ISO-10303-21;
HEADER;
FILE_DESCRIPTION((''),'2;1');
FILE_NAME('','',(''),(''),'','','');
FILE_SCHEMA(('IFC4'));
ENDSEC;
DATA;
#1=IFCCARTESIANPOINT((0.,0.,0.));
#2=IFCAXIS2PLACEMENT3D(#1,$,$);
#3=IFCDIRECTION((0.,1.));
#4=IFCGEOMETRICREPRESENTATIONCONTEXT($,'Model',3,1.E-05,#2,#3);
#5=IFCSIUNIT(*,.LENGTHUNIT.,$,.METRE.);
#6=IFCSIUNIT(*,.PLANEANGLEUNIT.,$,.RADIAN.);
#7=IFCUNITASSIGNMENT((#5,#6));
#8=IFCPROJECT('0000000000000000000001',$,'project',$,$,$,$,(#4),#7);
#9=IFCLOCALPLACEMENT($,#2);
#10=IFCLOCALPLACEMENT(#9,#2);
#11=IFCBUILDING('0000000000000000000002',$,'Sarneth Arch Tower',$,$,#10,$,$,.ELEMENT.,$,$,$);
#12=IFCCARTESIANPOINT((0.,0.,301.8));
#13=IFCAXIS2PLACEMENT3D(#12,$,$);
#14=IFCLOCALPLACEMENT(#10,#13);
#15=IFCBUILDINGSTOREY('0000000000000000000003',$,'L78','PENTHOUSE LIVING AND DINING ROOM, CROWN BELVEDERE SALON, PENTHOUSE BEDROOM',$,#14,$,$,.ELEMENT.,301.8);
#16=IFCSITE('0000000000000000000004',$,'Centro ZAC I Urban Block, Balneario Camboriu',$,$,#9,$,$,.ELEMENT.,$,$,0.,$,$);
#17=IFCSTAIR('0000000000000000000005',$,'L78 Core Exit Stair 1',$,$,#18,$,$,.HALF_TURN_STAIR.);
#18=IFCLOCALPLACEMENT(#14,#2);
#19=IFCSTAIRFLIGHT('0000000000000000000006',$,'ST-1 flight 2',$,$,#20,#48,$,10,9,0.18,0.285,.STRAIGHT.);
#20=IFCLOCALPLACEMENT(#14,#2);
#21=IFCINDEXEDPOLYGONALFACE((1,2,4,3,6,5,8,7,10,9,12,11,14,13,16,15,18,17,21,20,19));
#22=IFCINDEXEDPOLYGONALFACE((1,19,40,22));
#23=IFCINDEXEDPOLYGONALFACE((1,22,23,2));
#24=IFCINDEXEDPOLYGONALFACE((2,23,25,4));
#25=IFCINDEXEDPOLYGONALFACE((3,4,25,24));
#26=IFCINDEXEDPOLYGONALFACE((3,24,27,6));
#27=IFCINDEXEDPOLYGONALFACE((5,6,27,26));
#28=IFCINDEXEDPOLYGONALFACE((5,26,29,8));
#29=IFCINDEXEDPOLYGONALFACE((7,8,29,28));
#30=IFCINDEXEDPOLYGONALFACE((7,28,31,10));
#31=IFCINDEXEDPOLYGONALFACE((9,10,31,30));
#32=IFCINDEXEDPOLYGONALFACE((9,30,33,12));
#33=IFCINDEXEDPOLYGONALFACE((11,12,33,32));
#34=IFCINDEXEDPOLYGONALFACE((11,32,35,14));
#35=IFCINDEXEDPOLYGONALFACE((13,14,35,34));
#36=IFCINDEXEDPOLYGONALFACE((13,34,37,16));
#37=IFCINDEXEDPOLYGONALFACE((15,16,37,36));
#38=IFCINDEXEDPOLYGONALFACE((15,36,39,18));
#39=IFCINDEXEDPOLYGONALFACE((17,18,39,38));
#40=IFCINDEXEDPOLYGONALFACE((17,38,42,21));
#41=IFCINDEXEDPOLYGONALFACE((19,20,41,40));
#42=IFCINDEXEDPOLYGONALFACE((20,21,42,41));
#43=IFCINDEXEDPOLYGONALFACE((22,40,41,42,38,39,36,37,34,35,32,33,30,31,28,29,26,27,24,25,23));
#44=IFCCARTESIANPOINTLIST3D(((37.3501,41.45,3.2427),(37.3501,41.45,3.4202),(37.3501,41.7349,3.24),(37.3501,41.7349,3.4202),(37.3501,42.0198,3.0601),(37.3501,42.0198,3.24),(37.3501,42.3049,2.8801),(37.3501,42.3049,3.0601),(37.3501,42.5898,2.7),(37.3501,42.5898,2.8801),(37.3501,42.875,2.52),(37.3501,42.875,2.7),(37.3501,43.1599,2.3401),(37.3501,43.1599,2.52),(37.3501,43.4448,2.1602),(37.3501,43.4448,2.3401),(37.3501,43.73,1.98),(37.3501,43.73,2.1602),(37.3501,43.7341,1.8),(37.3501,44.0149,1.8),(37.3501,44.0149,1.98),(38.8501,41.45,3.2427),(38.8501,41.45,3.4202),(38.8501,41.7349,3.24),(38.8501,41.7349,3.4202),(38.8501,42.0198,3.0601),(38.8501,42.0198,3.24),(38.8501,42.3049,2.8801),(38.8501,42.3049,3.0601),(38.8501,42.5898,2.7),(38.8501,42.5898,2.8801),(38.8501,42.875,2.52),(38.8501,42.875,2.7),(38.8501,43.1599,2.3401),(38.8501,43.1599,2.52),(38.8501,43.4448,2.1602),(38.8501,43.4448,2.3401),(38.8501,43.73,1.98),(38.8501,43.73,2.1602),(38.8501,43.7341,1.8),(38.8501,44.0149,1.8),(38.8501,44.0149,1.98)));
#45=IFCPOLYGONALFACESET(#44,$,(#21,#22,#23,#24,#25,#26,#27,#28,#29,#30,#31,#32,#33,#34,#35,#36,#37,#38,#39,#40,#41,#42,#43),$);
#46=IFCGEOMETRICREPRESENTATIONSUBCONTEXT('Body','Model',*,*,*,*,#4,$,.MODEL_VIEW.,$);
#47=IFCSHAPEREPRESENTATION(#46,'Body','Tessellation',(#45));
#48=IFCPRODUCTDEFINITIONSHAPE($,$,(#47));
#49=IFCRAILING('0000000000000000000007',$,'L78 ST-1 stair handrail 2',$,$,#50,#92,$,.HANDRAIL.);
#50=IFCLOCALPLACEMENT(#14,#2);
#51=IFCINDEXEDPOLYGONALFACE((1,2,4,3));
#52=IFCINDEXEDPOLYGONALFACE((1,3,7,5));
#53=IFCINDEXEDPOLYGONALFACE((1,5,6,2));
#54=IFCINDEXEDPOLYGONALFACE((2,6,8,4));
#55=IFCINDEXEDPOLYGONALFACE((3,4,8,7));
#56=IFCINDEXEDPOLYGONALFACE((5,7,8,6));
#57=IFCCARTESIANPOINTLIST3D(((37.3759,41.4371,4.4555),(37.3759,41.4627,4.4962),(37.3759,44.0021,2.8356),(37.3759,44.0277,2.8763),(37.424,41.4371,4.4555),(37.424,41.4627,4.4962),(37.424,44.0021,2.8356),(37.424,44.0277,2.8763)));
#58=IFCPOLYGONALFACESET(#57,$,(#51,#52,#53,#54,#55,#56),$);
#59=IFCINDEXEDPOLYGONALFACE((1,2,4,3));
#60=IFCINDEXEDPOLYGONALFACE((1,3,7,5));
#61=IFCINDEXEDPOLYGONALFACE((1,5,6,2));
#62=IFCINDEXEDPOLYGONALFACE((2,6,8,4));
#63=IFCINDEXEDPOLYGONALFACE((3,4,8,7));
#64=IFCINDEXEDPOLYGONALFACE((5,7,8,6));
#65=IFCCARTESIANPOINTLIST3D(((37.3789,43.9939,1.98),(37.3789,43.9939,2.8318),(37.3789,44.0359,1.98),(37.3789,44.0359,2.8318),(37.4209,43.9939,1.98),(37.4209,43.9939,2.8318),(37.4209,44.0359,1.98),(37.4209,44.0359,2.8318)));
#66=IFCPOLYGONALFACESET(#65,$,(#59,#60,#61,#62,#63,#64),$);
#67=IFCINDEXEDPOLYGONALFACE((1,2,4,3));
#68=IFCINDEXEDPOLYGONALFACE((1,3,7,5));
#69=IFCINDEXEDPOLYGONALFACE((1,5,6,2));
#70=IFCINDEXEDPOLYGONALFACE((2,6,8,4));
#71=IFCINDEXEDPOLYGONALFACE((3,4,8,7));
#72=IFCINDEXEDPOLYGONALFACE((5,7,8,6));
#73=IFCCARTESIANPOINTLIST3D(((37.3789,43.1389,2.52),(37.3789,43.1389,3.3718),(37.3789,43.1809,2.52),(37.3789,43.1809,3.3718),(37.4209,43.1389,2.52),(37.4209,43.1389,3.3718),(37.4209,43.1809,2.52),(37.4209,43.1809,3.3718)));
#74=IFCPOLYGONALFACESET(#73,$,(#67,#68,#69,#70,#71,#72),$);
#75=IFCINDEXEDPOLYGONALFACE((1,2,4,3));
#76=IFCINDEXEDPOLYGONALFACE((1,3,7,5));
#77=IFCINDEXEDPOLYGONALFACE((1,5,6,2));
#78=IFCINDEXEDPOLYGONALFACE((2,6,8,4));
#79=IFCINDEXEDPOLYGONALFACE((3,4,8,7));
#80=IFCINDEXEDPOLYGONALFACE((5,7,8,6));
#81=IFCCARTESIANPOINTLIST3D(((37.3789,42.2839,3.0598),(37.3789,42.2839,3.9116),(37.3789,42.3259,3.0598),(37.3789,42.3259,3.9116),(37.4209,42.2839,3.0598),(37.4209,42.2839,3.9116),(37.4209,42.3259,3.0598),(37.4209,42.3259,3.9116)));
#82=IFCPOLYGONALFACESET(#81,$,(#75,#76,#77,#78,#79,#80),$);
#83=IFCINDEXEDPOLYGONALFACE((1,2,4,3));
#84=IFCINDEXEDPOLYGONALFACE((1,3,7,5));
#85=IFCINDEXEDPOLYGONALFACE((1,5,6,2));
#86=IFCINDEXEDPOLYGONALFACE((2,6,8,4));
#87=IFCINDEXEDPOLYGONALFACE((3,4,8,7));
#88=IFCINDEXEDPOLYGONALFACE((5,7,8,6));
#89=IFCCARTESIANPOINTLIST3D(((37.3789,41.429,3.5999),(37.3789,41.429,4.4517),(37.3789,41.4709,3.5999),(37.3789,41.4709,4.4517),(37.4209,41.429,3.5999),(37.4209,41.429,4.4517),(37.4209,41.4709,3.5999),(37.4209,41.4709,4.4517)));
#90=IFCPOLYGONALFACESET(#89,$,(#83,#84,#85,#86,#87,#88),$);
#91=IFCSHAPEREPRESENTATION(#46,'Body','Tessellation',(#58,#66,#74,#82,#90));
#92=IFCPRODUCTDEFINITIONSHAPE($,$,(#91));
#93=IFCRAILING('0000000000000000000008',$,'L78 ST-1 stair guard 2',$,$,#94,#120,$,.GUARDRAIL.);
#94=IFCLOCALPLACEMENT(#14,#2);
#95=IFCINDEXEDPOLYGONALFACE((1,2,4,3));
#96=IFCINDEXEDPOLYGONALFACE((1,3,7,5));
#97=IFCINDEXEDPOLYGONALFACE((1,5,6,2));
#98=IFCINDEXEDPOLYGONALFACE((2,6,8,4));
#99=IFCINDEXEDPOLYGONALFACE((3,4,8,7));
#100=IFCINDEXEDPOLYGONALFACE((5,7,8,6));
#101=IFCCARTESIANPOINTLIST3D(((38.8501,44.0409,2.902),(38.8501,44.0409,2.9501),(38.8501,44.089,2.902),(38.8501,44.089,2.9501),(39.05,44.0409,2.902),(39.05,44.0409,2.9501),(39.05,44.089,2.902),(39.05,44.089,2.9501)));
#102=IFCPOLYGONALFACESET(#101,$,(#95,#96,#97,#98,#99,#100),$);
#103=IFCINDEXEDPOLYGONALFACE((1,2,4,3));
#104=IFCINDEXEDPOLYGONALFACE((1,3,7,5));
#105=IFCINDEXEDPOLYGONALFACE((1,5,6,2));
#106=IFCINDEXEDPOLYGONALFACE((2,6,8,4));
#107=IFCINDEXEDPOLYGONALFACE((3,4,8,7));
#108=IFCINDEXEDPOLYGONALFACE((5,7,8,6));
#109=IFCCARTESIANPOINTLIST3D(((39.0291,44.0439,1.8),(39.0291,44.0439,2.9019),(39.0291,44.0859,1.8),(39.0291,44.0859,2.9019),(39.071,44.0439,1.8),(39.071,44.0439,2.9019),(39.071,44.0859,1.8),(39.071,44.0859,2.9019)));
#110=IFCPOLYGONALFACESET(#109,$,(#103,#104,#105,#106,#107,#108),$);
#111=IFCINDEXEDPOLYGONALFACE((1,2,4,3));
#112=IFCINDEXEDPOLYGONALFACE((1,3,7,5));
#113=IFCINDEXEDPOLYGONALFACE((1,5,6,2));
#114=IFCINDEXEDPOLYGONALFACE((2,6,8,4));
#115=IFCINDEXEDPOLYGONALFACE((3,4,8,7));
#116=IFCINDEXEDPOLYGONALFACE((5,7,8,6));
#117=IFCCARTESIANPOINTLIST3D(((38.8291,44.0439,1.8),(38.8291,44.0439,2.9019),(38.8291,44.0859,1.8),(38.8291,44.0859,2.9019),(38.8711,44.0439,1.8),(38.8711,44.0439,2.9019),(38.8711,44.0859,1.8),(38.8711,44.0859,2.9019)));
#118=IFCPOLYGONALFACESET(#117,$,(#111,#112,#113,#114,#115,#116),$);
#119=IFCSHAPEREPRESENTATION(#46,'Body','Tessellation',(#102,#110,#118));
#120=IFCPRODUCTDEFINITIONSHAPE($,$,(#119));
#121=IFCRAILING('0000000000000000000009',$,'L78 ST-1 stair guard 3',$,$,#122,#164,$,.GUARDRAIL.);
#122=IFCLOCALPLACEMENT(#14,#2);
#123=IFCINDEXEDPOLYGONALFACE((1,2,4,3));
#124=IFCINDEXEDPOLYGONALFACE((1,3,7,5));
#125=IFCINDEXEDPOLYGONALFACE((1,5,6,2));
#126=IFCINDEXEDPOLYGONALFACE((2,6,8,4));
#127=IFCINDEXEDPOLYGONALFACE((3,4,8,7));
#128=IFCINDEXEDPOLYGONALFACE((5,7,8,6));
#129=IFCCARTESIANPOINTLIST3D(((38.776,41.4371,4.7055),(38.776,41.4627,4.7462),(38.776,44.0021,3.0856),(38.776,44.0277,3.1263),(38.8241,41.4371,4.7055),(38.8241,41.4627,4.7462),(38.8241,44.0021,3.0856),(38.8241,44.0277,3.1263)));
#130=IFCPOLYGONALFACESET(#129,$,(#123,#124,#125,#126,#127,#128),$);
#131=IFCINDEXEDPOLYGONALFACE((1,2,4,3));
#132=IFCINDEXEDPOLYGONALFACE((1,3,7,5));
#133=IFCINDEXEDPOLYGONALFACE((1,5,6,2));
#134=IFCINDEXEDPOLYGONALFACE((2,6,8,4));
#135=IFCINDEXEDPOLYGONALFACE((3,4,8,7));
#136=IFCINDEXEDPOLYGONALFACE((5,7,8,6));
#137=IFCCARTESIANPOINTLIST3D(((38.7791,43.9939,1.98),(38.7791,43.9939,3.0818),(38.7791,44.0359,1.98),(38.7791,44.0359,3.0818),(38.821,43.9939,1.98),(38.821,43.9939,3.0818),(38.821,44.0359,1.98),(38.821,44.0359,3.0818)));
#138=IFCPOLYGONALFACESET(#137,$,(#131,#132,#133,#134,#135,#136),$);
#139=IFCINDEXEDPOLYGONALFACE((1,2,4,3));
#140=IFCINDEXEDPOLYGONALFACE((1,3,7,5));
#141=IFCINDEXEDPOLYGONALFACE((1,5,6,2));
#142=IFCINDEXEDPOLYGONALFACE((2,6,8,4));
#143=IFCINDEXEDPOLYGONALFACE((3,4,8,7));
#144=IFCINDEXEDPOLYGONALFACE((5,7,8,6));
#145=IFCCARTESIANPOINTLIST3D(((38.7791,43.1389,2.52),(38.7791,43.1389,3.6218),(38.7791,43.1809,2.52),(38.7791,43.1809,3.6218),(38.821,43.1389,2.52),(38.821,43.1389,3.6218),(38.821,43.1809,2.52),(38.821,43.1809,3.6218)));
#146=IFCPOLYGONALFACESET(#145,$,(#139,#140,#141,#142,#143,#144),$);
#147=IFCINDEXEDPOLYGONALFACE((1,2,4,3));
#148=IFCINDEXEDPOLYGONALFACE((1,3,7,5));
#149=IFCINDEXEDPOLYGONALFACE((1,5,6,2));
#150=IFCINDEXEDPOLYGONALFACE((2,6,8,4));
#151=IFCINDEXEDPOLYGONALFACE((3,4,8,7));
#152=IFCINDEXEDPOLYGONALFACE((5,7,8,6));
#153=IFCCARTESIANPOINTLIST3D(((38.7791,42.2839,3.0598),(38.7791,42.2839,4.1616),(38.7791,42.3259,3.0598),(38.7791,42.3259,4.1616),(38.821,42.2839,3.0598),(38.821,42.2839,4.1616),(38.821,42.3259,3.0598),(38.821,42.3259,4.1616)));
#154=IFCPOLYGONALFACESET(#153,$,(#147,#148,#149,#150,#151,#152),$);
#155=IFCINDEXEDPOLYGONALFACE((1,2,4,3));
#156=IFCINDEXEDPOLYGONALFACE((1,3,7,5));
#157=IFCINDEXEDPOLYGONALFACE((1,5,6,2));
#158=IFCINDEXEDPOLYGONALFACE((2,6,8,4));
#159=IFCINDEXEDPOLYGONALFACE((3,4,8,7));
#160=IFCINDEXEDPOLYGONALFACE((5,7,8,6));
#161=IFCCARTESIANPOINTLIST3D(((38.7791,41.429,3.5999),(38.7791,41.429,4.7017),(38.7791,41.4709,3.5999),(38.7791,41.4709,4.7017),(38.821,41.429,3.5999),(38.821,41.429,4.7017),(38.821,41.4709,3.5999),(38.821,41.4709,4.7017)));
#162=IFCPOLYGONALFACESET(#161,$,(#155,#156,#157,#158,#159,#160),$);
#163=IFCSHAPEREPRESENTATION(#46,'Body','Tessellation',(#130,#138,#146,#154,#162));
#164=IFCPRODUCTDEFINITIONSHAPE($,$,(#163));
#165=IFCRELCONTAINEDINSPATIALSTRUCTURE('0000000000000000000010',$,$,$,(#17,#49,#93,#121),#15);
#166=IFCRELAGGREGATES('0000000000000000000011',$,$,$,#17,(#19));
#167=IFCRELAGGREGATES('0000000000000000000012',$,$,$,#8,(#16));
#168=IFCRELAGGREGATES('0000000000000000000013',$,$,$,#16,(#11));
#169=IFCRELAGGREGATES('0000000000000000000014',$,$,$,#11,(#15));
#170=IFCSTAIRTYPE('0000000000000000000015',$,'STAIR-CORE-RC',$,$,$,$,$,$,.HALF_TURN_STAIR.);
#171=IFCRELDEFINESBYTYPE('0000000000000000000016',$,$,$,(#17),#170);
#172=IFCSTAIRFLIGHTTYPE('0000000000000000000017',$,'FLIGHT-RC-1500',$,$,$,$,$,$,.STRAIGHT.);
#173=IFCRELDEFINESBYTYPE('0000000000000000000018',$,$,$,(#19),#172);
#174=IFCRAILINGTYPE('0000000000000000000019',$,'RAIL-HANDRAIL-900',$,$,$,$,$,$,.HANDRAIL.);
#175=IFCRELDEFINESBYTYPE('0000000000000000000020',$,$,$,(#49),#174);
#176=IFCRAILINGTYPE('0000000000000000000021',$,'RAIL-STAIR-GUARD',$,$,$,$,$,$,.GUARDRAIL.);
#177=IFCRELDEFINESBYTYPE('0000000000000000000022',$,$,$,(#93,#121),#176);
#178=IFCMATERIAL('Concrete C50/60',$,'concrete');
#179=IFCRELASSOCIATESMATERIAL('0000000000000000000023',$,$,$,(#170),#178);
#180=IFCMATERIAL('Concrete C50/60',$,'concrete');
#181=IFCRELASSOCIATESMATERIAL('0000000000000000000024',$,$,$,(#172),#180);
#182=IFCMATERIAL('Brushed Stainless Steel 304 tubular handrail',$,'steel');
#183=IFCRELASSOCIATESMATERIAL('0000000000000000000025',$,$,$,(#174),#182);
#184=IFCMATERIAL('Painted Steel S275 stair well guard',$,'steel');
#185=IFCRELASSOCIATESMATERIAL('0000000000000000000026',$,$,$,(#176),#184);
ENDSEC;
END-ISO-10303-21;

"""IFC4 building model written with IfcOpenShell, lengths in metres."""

from ifc_helpers import new_model, si_unit, direction, frame, origin, origin_2d, place, context, subcontext, project, spatial, polyline, rectangle, outline, extrude, material, type_object, element, aggregate, save


model = new_model("IFC4")

# Units and contexts
model_context = context("Model", 3, precision=1e-05, world=origin(), true_north=direction((0.0, 1.0)))
body_context = subcontext(model_context, "Body", "Model", "MODEL_VIEW")
ifc_project = project(units=[si_unit("LENGTHUNIT", "METRE"), si_unit("PLANEANGLEUNIT", "RADIAN")], contexts=[model_context])

# Site, building, storey
site_placement = place(None, origin())
site = spatial("IfcSite", under=ifc_project, at=site_placement, Name="Centro ZAC I Urban Block, Balneario Camboriu", CompositionType="ELEMENT", RefElevation=0.0)
building_placement = place(site_placement, origin())
building = spatial("IfcBuilding", under=site, at=building_placement, Name="Sarneth Arch Tower", CompositionType="ELEMENT")
storey_placement = place(building_placement, frame((0.0, 0.0, 301.8)))
storey = spatial("IfcBuildingStorey", under=building, at=storey_placement, Name="L78", Description="PENTHOUSE LIVING AND DINING ROOM, CROWN BELVEDERE SALON, PENTHOUSE BEDROOM", CompositionType="ELEMENT", Elevation=301.8)

# Stair, stair flight
ifc_material_1 = material(Name="Concrete C50/60", Category="concrete")
stair_type = type_object("IfcStairType", Name="STAIR-CORE-RC", PredefinedType="HALF_TURN_STAIR", material=ifc_material_1)
stair_placement = place(storey_placement, origin())
stair = element("IfcStair", 1, at=stair_placement, inside=storey, type_object=stair_type, Name="L78 Core Exit Stair 1", PredefinedType="HALF_TURN_STAIR")
ifc_material_2 = material(Name="Concrete C50/60", Category="concrete")
stair_flight_type = type_object("IfcStairFlightType", Name="FLIGHT-RC-1500", PredefinedType="STRAIGHT", material=ifc_material_2)
stair_flight_placement = place(storey_placement, frame((38.1001, 44.0149, 1.8), z_axis=(0.0, 0.0, 1.0), x_axis=(0.0, -1.0, 0.0)))
stair_flight = element("IfcStairFlight", 2, at=stair_flight_placement, type_object=stair_flight_type, Name="ST-1 flight 2", NumberOfRisers=10, NumberOfTreads=9, PredefinedType="STRAIGHT", RiserHeight=0.18, TreadLength=0.285, context=body_context, shape_type="SweptSolid", body=[
    extrude(outline(polyline([(0.0, 0.0), (0.0, 0.1799), (0.2849, 0.1799), (0.2849, 0.3601), (0.5701, 0.3601), (0.5701, 0.54), (0.855, 0.54), (0.855, 0.72), (1.1399, 0.72), (1.1399, 0.8999), (1.425, 0.8999), (1.425, 1.0801), (1.71, 1.0801), (1.71, 1.26), (1.9951, 1.26), (1.9951, 1.4399), (2.28, 1.4399), (2.28, 1.6201), (2.5649, 1.6201), (2.5649, 1.8), (2.5649, 1.4426), (0.2808, 0.0), (0.0, 0.0)])), frame((0.0, 0.75, 0.0), z_axis=(0.0, -1.0, 0.0), x_axis=(1.0, 0.0, 0.0)), (0.0, 0.0, 1.0), 1.5),
])
aggregate(stair, [stair_flight])

# Railings
ifc_material_3 = material(Name="Brushed Stainless Steel 304 tubular handrail", Category="steel")
railing_type_1 = type_object("IfcRailingType", Name="RAIL-HANDRAIL-900", PredefinedType="HANDRAIL", material=ifc_material_3)
railing_1_placement = place(storey_placement, frame((37.3999, 44.0149, 1.98)))
element("IfcRailing", 3, at=railing_1_placement, inside=storey, type_object=railing_type_1, Name="L78 ST-1 stair handrail 2", PredefinedType="HANDRAIL", context=body_context, shape_type="SweptSolid", body=[
    extrude(rectangle(XDim=0.0481, YDim=0.0481, at=origin_2d()), frame((0.0, 0.0, 0.876), z_axis=(0.0, -0.845502, 0.533972), x_axis=(1.0, 0.0, 0.0)), (0.0, 0.0, 1.0), 3.0337),
    extrude(rectangle(XDim=0.042, YDim=0.042, at=origin_2d()), origin(), (0.0, 0.0, 1.0), 0.8518),
    extrude(rectangle(XDim=0.042, YDim=0.042, at=origin_2d()), frame((0.0, -0.855, 0.54)), (0.0, 0.0, 1.0), 0.8518),
    extrude(rectangle(XDim=0.042, YDim=0.042, at=origin_2d()), frame((0.0, -1.71, 1.0798)), (0.0, 0.0, 1.0), 0.8518),
    extrude(rectangle(XDim=0.042, YDim=0.042, at=origin_2d()), frame((0.0, -2.5649, 1.6199)), (0.0, 0.0, 1.0), 0.8518),
])
ifc_material_4 = material(Name="Painted Steel S275 stair well guard", Category="steel")
railing_type_2 = type_object("IfcRailingType", Name="RAIL-STAIR-GUARD", PredefinedType="GUARDRAIL", material=ifc_material_4)
railing_2_placement = place(storey_placement, frame((39.05, 44.0649, 1.8)))
element("IfcRailing", 4, at=railing_2_placement, inside=storey, type_object=railing_type_2, Name="L78 ST-1 stair guard 2", PredefinedType="GUARDRAIL", context=body_context, shape_type="SweptSolid", body=[
    extrude(rectangle(XDim=0.0481, YDim=0.0481, at=origin_2d()), frame((0.0, 0.0, 1.126), z_axis=(-1.0, 0.0, 0.0), x_axis=(0.0, -1.0, 0.0)), (0.0, 0.0, 1.0), 0.2),
    extrude(rectangle(XDim=0.042, YDim=0.042, at=origin_2d()), origin(), (0.0, 0.0, 1.0), 1.1018),
    extrude(rectangle(XDim=0.042, YDim=0.042, at=origin_2d()), frame((-0.2, 0.0, 0.0)), (0.0, 0.0, 1.0), 1.1018),
])
railing_3_placement = place(storey_placement, frame((38.8, 44.0149, 1.98)))
element("IfcRailing", 5, at=railing_3_placement, inside=storey, type_object=railing_type_2, Name="L78 ST-1 stair guard 3", PredefinedType="GUARDRAIL", context=body_context, shape_type="SweptSolid", body=[
    extrude(rectangle(XDim=0.0481, YDim=0.0481, at=origin_2d()), frame((0.0, 0.0, 1.126), z_axis=(0.0, -0.845502, 0.533972), x_axis=(1.0, 0.0, 0.0)), (0.0, 0.0, 1.0), 3.0337),
    extrude(rectangle(XDim=0.042, YDim=0.042, at=origin_2d()), origin(), (0.0, 0.0, 1.0), 1.1018),
    extrude(rectangle(XDim=0.042, YDim=0.042, at=origin_2d()), frame((0.0, -0.855, 0.54)), (0.0, 0.0, 1.0), 1.1018),
    extrude(rectangle(XDim=0.042, YDim=0.042, at=origin_2d()), frame((0.0, -1.71, 1.0798)), (0.0, 0.0, 1.0), 1.1018),
    extrude(rectangle(XDim=0.042, YDim=0.042, at=origin_2d()), frame((0.0, -2.5649, 1.6199)), (0.0, 0.0, 1.0), 1.1018),
])

save(model, "model.ifc")
